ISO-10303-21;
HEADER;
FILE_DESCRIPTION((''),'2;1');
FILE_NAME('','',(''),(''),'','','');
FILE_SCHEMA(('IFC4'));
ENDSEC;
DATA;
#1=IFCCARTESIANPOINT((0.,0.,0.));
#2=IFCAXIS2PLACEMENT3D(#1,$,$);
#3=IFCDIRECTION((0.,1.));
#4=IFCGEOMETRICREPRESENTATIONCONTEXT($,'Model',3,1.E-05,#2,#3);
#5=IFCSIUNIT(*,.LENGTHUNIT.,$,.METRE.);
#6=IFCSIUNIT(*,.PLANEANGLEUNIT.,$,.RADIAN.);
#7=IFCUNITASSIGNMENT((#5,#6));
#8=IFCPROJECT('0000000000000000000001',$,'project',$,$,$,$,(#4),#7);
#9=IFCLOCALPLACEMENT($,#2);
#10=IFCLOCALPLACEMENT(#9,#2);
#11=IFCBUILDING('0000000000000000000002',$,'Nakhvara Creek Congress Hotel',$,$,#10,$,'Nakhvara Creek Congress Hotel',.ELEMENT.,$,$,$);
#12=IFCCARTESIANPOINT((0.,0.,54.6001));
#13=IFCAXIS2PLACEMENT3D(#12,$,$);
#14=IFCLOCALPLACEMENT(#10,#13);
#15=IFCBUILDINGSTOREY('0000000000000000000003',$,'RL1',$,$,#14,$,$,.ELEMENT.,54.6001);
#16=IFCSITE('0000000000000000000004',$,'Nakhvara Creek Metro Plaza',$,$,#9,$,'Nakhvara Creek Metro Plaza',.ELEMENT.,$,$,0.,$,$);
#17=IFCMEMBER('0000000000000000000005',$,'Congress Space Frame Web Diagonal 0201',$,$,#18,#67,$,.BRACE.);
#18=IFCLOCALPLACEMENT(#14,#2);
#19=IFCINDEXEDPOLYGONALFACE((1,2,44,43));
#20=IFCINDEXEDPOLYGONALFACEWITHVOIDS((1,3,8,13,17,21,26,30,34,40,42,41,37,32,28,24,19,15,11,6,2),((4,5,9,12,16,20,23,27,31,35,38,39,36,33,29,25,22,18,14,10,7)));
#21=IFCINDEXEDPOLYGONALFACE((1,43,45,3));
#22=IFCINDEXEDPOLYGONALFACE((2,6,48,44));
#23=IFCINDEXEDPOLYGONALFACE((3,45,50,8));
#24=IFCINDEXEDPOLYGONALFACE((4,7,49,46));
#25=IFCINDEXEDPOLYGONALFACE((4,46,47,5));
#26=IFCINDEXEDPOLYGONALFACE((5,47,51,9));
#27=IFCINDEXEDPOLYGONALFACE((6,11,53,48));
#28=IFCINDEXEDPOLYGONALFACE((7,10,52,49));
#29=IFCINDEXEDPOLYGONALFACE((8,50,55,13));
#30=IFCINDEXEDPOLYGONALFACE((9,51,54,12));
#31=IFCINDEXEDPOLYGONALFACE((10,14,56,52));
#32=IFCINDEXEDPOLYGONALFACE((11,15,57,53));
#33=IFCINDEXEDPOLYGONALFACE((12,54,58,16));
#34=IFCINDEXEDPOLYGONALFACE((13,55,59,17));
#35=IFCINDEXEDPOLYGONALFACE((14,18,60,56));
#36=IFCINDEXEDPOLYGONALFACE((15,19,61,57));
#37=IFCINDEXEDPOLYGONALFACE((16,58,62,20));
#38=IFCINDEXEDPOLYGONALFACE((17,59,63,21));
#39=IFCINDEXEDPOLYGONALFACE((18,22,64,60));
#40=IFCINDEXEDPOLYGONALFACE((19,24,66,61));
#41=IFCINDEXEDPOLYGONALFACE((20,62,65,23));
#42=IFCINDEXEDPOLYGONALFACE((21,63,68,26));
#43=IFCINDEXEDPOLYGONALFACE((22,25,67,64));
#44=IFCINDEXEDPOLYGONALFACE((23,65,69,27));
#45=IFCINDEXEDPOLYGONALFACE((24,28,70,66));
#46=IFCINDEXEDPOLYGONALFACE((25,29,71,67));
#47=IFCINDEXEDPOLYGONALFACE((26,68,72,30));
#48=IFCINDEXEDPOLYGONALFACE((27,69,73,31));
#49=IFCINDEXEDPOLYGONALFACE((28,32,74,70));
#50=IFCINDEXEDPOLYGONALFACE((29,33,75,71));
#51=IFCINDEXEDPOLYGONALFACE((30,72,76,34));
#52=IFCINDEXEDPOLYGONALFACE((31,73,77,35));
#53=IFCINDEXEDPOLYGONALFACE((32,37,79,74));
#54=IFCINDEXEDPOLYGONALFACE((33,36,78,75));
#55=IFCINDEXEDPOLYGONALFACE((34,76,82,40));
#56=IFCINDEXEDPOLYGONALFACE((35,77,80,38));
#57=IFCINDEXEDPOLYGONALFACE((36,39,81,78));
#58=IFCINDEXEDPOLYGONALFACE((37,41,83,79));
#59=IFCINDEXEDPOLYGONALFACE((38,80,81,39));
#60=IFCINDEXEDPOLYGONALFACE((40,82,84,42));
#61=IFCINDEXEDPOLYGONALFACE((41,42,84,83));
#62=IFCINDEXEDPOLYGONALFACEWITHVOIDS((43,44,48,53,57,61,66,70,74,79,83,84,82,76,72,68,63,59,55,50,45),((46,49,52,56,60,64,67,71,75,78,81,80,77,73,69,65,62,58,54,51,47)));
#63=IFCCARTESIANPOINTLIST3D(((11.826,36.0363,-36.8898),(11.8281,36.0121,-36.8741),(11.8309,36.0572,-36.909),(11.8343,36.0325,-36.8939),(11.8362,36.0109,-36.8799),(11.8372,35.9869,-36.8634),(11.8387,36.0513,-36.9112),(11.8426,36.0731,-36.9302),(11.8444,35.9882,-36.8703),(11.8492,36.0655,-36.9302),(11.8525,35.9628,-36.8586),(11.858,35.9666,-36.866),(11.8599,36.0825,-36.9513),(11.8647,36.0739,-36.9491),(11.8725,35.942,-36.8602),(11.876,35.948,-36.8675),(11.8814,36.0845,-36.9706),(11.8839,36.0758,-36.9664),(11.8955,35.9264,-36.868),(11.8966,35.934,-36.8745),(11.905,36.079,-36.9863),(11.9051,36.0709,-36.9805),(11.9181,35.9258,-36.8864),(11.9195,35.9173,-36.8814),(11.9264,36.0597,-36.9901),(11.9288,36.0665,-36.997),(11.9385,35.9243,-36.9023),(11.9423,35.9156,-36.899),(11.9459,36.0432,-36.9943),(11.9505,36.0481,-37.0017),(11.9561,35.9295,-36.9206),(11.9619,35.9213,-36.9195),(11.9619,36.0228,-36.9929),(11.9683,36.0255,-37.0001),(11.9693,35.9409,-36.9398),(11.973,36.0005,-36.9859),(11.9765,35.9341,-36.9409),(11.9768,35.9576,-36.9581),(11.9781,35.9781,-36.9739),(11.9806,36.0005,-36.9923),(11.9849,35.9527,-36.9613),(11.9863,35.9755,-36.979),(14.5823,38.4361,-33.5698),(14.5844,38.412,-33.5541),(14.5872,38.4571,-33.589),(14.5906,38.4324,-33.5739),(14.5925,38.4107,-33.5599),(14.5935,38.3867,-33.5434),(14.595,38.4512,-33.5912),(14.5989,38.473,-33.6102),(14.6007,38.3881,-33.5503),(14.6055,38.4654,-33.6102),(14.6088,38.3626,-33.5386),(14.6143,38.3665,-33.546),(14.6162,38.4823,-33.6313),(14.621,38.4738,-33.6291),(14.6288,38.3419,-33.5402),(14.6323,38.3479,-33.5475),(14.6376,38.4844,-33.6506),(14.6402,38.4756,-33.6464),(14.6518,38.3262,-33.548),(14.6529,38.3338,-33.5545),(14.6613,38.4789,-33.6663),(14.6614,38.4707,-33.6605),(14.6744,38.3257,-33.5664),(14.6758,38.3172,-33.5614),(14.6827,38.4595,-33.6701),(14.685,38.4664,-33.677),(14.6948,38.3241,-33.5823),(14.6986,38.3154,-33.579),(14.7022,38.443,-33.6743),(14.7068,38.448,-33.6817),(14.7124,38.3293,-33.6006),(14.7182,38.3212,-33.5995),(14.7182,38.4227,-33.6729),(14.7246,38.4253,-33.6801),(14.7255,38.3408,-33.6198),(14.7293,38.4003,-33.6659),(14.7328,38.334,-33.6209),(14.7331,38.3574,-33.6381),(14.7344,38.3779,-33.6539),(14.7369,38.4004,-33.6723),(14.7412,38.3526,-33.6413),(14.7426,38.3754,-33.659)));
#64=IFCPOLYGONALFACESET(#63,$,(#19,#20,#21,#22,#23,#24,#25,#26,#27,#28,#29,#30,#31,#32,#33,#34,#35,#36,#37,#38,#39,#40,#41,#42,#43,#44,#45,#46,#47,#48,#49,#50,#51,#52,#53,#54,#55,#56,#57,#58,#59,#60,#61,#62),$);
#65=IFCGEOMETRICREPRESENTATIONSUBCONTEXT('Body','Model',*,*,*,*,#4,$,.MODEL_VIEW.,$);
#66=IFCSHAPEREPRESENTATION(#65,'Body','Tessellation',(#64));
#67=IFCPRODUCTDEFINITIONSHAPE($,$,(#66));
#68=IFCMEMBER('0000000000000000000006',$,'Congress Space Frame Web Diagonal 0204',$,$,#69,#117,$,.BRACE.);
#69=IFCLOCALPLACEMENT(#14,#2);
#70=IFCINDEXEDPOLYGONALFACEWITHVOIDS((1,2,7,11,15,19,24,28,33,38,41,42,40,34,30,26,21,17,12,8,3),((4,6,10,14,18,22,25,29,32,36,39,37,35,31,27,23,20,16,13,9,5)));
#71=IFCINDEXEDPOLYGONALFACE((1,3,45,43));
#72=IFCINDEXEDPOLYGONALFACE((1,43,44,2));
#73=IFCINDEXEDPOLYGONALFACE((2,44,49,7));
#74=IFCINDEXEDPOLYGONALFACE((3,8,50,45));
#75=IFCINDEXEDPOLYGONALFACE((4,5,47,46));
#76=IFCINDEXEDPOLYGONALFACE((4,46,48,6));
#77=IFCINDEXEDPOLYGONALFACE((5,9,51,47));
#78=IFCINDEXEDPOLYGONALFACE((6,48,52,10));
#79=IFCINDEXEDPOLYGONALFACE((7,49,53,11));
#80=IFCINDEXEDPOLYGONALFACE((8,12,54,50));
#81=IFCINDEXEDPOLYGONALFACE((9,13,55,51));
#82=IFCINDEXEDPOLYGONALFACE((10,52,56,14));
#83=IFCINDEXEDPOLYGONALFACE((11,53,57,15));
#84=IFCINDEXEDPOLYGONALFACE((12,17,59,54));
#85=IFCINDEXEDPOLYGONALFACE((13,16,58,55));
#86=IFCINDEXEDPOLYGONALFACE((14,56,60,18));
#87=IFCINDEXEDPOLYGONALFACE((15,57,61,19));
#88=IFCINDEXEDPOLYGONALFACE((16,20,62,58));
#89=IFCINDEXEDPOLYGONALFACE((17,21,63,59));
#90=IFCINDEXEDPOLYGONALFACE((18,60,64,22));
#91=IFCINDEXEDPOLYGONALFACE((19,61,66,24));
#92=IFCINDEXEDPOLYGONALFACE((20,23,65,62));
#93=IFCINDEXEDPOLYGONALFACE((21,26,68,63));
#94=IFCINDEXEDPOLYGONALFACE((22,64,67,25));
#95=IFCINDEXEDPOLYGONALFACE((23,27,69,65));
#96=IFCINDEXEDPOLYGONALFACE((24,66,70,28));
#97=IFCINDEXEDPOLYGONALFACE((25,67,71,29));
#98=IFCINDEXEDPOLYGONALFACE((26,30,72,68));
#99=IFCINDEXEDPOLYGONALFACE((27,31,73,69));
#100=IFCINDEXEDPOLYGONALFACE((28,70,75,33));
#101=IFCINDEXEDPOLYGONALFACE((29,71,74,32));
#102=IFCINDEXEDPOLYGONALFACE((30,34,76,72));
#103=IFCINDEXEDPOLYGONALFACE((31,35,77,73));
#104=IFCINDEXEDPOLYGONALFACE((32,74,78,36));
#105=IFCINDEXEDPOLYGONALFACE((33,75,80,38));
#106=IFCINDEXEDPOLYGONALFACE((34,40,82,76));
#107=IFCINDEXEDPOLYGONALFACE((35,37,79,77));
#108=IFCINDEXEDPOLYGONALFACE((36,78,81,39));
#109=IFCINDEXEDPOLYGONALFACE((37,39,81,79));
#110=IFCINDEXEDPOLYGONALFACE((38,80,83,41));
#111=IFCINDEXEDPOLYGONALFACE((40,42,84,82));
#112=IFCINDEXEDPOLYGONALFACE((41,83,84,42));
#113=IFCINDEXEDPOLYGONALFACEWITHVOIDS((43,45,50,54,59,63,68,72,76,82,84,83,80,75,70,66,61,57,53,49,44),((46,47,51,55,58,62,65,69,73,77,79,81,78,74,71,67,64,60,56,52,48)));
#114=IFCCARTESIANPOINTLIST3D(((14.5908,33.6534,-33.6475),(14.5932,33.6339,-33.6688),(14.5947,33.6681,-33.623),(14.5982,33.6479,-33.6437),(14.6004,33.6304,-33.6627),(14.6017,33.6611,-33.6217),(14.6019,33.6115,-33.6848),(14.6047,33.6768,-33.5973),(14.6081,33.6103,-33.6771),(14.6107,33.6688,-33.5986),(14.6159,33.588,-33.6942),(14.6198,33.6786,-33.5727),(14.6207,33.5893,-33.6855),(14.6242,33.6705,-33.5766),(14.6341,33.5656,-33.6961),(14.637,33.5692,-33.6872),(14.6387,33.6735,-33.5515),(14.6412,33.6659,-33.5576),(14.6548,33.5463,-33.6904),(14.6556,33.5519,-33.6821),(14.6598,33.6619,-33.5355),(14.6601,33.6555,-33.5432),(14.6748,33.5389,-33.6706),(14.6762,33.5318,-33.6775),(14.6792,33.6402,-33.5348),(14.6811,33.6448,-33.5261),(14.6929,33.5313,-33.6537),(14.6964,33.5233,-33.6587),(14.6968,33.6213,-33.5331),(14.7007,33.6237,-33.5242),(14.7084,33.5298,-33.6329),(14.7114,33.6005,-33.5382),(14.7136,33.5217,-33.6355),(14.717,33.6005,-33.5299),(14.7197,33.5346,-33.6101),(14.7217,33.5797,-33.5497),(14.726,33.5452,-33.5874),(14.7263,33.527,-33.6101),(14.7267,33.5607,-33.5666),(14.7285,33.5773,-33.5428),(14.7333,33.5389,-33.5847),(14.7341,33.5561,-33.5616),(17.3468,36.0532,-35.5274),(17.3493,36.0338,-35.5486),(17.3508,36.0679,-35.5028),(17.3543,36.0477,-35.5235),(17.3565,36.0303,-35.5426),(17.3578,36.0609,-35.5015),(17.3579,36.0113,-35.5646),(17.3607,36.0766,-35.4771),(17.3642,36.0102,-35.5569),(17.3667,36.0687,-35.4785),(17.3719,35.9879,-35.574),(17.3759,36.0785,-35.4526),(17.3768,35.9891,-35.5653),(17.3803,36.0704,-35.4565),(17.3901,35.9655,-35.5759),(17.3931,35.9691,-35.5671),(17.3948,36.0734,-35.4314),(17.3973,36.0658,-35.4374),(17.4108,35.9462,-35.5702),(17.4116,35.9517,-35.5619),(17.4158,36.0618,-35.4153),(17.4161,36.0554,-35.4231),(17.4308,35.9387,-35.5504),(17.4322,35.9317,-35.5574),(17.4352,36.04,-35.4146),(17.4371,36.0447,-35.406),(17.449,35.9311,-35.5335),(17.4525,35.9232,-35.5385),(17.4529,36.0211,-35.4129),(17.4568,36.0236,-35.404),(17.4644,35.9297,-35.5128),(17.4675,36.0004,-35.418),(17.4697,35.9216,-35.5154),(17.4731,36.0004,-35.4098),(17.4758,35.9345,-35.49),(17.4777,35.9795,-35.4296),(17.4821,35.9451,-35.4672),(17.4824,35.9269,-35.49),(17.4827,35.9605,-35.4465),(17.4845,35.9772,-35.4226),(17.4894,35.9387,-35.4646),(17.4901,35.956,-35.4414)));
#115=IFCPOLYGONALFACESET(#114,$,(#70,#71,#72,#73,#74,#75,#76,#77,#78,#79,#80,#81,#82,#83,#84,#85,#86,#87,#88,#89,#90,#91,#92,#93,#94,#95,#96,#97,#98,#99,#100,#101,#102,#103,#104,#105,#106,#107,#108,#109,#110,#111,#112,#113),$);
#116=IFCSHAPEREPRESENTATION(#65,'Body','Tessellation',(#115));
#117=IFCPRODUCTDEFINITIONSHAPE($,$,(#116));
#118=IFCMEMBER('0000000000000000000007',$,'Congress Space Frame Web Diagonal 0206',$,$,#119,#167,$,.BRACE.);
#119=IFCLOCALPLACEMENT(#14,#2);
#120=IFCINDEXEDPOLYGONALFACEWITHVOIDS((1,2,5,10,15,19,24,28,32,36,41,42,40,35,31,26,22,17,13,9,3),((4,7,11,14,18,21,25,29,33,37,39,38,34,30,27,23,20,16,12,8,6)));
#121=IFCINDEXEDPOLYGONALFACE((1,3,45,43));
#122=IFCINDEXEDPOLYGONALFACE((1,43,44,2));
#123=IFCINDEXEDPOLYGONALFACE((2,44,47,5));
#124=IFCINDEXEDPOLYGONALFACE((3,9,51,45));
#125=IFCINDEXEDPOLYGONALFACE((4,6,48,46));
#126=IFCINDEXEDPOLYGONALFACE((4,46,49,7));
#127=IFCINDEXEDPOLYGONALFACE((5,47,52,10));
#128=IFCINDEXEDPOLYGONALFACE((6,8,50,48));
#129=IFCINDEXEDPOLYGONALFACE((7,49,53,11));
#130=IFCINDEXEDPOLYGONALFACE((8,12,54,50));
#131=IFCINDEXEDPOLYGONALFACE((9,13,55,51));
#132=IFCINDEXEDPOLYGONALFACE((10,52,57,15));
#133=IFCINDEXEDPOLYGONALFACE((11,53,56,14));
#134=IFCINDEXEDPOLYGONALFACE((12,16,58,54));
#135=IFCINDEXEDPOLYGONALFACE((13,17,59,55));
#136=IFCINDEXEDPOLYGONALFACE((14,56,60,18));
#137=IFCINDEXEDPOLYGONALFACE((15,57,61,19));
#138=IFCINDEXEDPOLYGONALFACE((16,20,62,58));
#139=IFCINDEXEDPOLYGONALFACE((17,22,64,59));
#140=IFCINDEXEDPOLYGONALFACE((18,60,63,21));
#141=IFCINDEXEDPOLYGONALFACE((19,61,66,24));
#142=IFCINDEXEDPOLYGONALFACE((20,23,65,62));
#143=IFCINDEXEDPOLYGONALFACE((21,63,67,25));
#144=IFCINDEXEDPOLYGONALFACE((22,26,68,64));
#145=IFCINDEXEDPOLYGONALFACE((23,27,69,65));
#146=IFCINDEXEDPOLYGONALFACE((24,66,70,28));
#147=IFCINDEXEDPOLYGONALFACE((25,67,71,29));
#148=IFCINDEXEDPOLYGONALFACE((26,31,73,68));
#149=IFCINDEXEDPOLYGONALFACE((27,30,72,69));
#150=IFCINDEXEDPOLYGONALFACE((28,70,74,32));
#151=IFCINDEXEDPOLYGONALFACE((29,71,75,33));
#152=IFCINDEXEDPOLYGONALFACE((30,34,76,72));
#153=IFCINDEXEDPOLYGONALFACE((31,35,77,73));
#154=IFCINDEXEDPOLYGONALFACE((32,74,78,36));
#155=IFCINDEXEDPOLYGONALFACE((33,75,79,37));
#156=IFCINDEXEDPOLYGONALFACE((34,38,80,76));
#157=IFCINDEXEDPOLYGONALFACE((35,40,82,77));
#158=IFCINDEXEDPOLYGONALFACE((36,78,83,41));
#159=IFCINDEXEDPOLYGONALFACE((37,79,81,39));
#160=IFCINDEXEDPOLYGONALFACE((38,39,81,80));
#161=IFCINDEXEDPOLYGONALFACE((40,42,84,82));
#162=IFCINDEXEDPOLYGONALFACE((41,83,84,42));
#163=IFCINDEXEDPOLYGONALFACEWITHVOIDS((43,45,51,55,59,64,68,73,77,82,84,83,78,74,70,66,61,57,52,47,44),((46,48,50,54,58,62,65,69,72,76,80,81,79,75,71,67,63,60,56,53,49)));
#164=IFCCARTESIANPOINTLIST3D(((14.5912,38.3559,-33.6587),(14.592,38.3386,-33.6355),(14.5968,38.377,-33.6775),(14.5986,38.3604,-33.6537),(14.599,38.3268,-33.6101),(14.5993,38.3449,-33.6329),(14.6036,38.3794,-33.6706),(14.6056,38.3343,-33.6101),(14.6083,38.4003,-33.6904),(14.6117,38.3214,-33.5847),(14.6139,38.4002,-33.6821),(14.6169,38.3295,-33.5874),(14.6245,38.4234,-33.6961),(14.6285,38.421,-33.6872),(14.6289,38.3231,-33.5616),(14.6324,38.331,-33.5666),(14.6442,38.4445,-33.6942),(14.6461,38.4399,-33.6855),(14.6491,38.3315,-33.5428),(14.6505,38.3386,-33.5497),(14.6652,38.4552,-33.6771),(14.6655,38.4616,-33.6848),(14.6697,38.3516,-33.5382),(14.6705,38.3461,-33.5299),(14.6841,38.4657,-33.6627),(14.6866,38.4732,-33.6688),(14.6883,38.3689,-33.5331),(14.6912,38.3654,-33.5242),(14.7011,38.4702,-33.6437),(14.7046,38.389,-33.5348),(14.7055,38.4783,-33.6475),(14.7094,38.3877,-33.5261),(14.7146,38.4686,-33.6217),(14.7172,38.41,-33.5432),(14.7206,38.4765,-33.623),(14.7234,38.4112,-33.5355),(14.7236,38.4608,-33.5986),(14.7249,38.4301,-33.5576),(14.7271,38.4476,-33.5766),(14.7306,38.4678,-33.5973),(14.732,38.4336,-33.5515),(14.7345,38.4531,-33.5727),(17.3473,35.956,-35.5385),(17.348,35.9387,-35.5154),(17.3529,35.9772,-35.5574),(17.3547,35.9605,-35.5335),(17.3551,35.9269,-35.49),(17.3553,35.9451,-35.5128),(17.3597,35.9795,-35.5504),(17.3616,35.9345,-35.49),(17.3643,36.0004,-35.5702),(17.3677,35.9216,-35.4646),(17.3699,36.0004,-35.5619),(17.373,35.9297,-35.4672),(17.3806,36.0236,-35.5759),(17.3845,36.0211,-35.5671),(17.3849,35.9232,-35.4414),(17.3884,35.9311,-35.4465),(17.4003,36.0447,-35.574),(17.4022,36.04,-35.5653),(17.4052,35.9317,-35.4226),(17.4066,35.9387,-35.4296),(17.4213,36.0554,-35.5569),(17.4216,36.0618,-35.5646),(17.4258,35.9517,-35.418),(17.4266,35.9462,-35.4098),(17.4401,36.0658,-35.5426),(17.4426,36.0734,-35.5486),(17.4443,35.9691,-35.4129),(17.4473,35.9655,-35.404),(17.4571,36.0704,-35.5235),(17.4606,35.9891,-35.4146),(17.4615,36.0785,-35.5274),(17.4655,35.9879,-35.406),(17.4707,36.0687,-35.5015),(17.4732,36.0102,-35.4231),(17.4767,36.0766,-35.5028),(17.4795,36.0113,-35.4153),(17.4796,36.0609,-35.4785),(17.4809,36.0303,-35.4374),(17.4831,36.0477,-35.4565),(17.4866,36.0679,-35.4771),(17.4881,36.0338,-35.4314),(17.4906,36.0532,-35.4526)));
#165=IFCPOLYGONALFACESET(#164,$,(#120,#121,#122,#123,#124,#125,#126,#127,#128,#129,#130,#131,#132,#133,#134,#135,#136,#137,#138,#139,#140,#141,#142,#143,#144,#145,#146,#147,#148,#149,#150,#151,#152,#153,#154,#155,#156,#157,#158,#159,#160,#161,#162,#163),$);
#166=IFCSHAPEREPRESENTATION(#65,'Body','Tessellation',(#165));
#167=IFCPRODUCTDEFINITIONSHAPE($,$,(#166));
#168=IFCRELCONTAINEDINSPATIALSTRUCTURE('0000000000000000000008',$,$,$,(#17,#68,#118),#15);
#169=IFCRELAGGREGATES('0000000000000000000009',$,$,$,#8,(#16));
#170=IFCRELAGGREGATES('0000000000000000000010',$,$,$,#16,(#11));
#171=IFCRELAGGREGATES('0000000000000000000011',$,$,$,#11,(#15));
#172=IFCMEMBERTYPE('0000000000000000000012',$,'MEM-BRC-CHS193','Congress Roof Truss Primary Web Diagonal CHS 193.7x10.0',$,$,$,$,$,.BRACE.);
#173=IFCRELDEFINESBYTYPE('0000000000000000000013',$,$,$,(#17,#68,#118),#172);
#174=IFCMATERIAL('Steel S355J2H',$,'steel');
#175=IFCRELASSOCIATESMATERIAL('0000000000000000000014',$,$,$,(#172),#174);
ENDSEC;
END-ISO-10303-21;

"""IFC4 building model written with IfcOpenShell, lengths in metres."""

from ifc_helpers import new_model, si_unit, direction, frame, origin, origin_2d, place, context, subcontext, project, spatial, hollow_circle, extrude, material, material_profile, profile_set, type_object, element, save


model = new_model("IFC4")

# Units and contexts
model_context = context("Model", 3, precision=1e-05, world=origin(), true_north=direction((0.0, 1.0)))
body_context = subcontext(model_context, "Body", "Model", "MODEL_VIEW")
ifc_project = project(units=[si_unit("LENGTHUNIT", "METRE"), si_unit("PLANEANGLEUNIT", "RADIAN")], contexts=[model_context])

# Site, building, storey
site_placement = place(None, origin())
site = spatial("IfcSite", under=ifc_project, at=site_placement, Name="Nakhvara Creek Metro Plaza", LongName="Nakhvara Creek Metro Plaza", CompositionType="ELEMENT", RefElevation=0.0)
building_placement = place(site_placement, origin())
building = spatial("IfcBuilding", under=site, at=building_placement, Name="Nakhvara Creek Congress Hotel", LongName="Nakhvara Creek Congress Hotel", CompositionType="ELEMENT")
storey_placement = place(building_placement, frame((0.0, 0.0, 54.6001)))
storey = spatial("IfcBuildingStorey", under=building, at=storey_placement, Name="RL1", CompositionType="ELEMENT", Elevation=54.6001)

# Members
ifc_material_1 = material(Name="Steel S355J2H", Category="steel")
ifc_material_profile_1 = material_profile(ifc_material_1, hollow_circle(Radius=0.0969, WallThickness=0.01, at=origin_2d()), Name="CHS 193.7x10.0", Category="LoadBearing")
ifc_profile_set_1 = profile_set([ifc_material_profile_1], Name="Steel S355J2H")
member_type_1 = type_object("IfcMemberType", Name="MEM-BRC-CHS193", Description="Congress Roof Truss Primary Web Diagonal CHS 193.7x10.0", PredefinedType="BRACE", material=ifc_profile_set_1)
for number, where, z_axis, x_axis, name in (
    (1, (11.9062, 36.0, -36.9302), (0.558237, 0.486047, 0.672406), (-0.656658, 0.754188, 0.0), "Congress Space Frame Web Diagonal 0201"),
):
    element("IfcMember", number, at=place(storey_placement, frame(where, z_axis=z_axis, x_axis=x_axis)), inside=storey, type_object=member_type_1, Name=name, PredefinedType="BRACE", context=body_context, shape_type="SweptSolid", body=[
        extrude(hollow_circle(Radius=0.0969, WallThickness=0.01, at=origin_2d()), origin(), (0.0, 0.0, 1.0), 4.9375),
    ])
for number, where, z_axis, x_axis, name in (
    (2, (17.4187, 36.0, -35.49), (-0.670634, -0.583961, 0.457426), (0.656691, -0.75416, 0.0), "Congress Space Frame Web Diagonal 0204"),
    (3, (17.4187, 36.0, -35.49), (-0.670634, 0.583961, 0.457426), (-0.656691, -0.75416, 0.0), "Congress Space Frame Web Diagonal 0206"),
):
    element("IfcMember", number, at=place(storey_placement, frame(where, z_axis=z_axis, x_axis=x_axis)), inside=storey, type_object=member_type_1, Name=name, PredefinedType="BRACE", context=body_context, shape_type="SweptSolid", body=[
        extrude(hollow_circle(Radius=0.0969, WallThickness=0.01, at=origin_2d()), origin(), (0.0, 0.0, 1.0), 4.1096),
    ])

save(model, "model.ifc")
